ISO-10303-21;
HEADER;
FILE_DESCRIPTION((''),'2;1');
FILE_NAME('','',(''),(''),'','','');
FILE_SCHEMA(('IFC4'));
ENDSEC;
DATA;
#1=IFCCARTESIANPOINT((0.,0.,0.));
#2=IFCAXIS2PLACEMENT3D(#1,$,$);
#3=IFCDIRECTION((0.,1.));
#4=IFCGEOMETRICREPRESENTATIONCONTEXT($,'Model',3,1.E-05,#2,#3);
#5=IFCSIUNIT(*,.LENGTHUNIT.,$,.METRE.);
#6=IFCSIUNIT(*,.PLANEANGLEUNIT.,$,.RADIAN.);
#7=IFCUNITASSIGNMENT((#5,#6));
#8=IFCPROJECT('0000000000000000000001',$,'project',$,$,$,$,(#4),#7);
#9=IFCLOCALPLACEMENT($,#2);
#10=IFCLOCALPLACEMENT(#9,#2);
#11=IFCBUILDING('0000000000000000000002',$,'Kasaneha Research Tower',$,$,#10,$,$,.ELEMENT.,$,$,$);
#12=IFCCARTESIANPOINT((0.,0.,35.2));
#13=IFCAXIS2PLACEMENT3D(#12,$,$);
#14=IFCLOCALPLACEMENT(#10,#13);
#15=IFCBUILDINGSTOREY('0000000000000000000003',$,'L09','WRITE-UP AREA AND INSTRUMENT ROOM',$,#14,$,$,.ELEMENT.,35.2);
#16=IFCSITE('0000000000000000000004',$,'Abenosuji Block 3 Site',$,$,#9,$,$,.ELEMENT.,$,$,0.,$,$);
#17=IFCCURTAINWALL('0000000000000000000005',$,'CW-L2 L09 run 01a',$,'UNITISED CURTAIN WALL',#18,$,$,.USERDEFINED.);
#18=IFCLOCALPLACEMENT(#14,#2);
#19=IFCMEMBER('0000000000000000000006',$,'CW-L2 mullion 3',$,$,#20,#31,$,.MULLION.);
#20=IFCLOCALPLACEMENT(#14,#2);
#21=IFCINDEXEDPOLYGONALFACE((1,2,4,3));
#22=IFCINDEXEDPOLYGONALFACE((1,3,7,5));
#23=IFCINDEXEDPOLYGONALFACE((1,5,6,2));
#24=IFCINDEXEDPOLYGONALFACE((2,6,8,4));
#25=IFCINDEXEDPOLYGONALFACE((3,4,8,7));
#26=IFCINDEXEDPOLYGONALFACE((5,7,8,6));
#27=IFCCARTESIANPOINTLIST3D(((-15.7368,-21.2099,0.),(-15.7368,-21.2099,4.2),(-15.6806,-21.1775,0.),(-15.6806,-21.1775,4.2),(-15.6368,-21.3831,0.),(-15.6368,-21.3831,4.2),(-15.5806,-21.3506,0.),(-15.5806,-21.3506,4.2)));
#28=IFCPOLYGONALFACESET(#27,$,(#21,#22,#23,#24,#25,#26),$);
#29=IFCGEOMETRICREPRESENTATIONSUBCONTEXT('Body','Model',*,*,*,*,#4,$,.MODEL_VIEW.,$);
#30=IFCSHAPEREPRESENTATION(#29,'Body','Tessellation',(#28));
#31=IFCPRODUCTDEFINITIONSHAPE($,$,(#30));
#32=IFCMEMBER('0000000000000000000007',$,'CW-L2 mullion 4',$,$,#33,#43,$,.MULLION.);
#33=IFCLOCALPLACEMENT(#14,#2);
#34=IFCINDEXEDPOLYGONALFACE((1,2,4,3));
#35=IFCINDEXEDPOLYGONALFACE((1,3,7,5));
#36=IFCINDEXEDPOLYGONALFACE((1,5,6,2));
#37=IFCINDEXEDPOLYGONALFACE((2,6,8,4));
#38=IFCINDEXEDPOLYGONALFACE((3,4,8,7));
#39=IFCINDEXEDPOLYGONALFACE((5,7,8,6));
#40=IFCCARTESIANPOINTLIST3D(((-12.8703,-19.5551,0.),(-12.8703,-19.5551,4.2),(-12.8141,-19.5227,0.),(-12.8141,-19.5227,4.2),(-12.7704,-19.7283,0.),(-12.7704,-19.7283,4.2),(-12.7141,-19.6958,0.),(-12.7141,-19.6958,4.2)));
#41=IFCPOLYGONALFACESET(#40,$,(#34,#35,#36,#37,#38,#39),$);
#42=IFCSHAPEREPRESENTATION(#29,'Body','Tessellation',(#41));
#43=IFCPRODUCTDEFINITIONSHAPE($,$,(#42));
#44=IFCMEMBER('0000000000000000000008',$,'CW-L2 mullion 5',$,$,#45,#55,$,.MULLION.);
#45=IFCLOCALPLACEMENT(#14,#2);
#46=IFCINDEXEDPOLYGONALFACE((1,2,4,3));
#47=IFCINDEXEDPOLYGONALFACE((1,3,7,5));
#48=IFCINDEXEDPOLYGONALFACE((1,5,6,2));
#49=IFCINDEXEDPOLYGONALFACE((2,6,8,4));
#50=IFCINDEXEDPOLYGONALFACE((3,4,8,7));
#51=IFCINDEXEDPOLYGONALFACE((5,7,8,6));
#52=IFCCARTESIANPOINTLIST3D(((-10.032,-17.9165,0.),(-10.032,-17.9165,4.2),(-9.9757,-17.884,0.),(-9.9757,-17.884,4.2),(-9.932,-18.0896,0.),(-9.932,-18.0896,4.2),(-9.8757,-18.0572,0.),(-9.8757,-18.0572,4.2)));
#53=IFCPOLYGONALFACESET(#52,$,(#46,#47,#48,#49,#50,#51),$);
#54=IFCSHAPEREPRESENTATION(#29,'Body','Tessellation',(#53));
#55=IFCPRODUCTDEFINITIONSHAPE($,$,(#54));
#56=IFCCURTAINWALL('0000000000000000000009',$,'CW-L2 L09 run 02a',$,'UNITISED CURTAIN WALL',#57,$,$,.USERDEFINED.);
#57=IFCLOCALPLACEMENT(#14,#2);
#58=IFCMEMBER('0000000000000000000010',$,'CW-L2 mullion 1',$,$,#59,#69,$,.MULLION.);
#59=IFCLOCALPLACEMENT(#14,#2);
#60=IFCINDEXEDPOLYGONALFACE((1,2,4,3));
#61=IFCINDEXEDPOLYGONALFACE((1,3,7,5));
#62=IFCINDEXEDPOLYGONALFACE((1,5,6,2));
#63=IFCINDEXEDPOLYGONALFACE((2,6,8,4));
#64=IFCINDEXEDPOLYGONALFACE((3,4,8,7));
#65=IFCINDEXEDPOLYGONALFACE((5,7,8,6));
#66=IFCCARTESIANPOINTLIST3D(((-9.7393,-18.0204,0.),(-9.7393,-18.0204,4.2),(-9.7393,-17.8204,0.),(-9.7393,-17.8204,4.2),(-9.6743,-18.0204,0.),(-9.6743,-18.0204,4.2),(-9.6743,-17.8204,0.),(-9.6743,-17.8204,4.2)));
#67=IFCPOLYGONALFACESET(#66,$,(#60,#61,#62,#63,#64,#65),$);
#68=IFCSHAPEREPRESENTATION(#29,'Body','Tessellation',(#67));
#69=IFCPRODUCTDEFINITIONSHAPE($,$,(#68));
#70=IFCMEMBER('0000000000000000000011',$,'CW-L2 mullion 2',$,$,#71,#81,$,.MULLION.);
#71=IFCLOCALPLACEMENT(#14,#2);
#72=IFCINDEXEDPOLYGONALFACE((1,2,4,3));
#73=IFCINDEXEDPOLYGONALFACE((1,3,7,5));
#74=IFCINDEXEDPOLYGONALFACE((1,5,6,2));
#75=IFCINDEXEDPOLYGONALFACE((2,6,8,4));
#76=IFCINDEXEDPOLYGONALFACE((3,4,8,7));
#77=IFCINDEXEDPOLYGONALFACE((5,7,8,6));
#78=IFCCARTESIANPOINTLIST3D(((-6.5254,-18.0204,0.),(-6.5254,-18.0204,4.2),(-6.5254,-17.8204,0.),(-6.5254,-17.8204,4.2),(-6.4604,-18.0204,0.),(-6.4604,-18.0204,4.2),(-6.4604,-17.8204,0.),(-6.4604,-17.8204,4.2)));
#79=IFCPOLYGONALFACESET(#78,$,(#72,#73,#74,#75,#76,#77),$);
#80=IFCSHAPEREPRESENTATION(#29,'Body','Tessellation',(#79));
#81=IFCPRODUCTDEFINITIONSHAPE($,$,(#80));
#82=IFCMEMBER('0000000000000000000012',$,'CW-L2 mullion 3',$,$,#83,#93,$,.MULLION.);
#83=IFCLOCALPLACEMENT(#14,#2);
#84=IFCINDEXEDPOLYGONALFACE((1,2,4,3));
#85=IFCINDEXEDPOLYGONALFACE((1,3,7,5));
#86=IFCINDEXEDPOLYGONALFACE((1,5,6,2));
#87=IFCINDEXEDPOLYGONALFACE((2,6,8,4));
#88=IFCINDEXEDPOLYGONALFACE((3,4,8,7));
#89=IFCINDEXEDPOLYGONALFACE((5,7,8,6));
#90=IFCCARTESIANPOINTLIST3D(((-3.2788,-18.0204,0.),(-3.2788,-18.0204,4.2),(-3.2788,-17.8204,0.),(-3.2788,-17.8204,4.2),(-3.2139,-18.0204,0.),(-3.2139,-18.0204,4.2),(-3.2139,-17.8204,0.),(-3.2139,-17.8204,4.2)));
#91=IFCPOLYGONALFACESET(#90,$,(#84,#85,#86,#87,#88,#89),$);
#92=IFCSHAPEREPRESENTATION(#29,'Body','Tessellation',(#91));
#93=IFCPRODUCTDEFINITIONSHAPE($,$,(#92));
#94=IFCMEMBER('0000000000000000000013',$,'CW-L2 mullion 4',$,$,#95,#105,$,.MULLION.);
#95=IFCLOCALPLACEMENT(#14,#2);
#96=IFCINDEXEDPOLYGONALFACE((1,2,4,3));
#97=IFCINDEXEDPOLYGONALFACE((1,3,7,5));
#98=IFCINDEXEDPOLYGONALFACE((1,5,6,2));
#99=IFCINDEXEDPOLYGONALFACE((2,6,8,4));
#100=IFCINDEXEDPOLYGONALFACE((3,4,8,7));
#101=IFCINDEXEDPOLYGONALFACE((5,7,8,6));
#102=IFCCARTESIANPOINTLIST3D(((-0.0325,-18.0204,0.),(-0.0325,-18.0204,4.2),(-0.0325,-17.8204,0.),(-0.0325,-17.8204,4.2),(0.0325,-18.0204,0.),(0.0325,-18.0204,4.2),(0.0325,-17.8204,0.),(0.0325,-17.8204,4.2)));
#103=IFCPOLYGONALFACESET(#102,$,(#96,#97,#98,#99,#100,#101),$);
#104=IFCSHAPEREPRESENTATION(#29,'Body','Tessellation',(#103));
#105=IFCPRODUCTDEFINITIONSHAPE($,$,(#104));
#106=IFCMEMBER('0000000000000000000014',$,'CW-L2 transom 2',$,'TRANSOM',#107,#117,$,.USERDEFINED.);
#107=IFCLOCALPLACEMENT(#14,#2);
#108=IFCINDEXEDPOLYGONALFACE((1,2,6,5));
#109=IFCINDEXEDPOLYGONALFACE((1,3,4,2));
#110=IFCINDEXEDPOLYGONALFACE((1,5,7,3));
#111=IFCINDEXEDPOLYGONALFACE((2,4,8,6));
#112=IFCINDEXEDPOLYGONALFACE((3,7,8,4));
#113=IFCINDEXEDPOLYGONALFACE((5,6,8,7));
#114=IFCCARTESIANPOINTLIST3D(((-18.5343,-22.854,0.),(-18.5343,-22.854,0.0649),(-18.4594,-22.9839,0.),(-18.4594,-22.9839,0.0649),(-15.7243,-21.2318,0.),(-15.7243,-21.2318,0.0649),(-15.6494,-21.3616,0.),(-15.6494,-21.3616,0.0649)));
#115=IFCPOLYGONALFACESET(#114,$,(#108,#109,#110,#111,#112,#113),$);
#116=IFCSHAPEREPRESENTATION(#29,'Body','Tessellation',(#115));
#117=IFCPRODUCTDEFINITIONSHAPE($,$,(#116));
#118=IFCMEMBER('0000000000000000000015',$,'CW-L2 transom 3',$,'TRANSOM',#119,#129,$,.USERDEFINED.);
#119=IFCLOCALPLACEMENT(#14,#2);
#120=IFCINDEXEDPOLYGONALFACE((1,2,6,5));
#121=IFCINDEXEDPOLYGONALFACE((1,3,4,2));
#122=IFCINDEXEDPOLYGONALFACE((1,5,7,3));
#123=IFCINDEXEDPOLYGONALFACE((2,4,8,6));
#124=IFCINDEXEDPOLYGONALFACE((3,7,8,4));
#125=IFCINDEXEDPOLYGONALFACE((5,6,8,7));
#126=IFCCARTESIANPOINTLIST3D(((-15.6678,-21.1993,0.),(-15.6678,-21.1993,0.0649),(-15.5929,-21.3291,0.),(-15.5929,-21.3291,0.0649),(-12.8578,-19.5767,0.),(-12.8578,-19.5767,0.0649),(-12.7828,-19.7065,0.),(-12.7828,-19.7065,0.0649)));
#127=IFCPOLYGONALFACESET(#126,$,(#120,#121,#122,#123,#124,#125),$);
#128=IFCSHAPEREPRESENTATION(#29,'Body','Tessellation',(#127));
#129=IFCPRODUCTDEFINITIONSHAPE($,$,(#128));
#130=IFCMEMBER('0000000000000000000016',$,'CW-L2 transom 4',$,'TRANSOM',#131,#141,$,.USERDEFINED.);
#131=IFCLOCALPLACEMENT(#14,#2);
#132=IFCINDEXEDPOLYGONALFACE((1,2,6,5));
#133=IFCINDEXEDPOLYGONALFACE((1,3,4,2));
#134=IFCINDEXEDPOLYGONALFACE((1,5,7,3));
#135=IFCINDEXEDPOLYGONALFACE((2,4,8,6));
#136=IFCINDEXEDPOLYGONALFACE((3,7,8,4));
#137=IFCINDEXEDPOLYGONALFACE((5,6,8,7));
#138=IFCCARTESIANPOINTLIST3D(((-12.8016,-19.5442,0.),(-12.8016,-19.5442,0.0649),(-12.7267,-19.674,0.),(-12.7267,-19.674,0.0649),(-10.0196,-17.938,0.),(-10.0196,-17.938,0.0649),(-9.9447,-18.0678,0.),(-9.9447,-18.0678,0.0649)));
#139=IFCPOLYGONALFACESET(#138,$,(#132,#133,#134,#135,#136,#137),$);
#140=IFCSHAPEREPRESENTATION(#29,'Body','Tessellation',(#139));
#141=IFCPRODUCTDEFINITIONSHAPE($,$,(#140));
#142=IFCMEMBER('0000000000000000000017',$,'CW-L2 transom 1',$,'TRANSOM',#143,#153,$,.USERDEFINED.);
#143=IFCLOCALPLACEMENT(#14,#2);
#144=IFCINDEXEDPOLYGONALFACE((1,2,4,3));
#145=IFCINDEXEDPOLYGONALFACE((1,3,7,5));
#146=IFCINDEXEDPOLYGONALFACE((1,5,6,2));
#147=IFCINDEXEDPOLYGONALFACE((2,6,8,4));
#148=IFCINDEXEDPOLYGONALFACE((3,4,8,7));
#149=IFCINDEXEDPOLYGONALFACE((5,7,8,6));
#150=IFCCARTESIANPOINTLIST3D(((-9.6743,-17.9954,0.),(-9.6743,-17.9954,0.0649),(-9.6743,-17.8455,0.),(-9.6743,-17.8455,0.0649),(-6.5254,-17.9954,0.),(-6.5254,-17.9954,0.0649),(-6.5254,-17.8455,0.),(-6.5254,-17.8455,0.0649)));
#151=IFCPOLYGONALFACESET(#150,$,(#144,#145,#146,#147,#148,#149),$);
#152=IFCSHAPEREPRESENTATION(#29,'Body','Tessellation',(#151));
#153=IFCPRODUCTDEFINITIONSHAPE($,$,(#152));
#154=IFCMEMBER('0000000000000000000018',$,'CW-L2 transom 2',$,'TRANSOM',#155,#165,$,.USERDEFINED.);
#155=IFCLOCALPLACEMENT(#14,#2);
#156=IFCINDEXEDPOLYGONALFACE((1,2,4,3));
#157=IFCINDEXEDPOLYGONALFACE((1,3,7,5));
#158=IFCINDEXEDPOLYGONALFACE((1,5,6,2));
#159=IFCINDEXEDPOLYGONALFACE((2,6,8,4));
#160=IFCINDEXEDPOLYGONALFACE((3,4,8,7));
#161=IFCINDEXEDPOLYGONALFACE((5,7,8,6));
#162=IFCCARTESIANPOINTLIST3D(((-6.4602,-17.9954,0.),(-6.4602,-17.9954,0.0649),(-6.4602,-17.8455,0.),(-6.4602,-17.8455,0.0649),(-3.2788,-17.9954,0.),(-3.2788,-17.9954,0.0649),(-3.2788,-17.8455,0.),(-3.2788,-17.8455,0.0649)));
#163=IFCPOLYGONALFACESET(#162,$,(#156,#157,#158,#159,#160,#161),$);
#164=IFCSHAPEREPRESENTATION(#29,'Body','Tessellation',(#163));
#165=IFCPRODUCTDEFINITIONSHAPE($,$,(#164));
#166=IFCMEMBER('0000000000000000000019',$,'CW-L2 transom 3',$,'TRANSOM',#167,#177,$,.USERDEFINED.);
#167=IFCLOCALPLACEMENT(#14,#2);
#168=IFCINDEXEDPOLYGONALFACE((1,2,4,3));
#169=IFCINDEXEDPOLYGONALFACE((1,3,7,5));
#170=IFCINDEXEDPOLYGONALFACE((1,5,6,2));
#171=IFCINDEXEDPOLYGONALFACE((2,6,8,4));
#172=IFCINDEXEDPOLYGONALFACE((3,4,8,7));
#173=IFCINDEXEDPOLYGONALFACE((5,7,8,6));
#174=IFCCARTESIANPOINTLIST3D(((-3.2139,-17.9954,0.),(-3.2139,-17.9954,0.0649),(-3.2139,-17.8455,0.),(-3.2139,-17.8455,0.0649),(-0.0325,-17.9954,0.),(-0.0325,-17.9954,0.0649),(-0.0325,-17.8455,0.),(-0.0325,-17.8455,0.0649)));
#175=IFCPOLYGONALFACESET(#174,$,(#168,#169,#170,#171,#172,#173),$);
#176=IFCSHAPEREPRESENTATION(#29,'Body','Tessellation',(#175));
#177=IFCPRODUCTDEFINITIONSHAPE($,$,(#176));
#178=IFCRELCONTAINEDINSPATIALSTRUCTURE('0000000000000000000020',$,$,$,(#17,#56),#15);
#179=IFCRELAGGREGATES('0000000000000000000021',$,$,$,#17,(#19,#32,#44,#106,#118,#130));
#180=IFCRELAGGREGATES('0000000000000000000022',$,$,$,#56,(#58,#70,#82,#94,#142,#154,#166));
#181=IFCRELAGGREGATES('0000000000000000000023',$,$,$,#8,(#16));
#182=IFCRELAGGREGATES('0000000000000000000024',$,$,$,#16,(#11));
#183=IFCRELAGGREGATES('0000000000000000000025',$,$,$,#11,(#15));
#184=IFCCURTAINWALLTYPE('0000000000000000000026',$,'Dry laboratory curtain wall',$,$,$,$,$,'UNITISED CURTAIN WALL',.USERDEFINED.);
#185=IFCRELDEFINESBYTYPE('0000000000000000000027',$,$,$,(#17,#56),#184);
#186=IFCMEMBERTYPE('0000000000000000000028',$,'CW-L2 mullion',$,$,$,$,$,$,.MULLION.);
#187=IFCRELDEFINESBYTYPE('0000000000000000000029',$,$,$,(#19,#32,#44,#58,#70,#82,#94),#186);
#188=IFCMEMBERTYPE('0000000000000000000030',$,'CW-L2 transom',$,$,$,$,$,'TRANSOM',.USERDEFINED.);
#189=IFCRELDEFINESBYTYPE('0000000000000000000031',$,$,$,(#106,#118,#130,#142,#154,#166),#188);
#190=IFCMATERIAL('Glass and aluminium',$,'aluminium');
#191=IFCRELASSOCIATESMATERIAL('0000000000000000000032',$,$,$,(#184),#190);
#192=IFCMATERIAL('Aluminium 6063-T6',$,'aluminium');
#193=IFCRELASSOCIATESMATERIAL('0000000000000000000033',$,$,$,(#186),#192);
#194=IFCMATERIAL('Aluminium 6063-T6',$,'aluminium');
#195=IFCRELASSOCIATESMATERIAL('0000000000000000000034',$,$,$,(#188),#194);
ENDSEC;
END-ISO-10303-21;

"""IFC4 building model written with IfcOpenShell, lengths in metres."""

from ifc_helpers import new_model, si_unit, direction, frame, origin, origin_2d, place, context, subcontext, project, spatial, rectangle, extrude, material, material_profile, profile_set, type_object, element, aggregate, save


model = new_model("IFC4")

# Units and contexts
model_context = context("Model", 3, precision=1e-05, world=origin(), true_north=direction((0.0, 1.0)))
body_context = subcontext(model_context, "Body", "Model", "MODEL_VIEW")
ifc_project = project(units=[si_unit("LENGTHUNIT", "METRE"), si_unit("PLANEANGLEUNIT", "RADIAN")], contexts=[model_context])

# Site, building, storey
site_placement = place(None, origin())
site = spatial("IfcSite", under=ifc_project, at=site_placement, Name="Abenosuji Block 3 Site", CompositionType="ELEMENT", RefElevation=0.0)
building_placement = place(site_placement, origin())
building = spatial("IfcBuilding", under=site, at=building_placement, Name="Kasaneha Research Tower", CompositionType="ELEMENT")
storey_placement = place(building_placement, frame((0.0, 0.0, 35.2)))
storey = spatial("IfcBuildingStorey", under=building, at=storey_placement, Name="L09", Description="WRITE-UP AREA AND INSTRUMENT ROOM", CompositionType="ELEMENT", Elevation=35.2)

# Curtain walls, members
ifc_material_1 = material(Name="Glass and aluminium", Category="aluminium")
curtain_wall_type = type_object("IfcCurtainWallType", Name="Dry laboratory curtain wall", ElementType="UNITISED CURTAIN WALL", PredefinedType="USERDEFINED", material=ifc_material_1)
curtain_wall_1_placement = place(storey_placement, origin())
curtain_wall_1 = element("IfcCurtainWall", 1, at=curtain_wall_1_placement, inside=storey, type_object=curtain_wall_type, Name="CW-L2 L09 run 01a", ObjectType="UNITISED CURTAIN WALL", PredefinedType="USERDEFINED")
ifc_material_2 = material(Name="Aluminium 6063-T6", Category="aluminium")
ifc_material_profile_1 = material_profile(ifc_material_2, rectangle(XDim=0.0649, YDim=0.2, at=origin_2d()), Name="CW-L2 mullion 65x200")
ifc_profile_set_1 = profile_set([ifc_material_profile_1], Name="Aluminium 6063-T6")
member_type_1 = type_object("IfcMemberType", Name="CW-L2 mullion", PredefinedType="MULLION", material=ifc_profile_set_1)
member_1_placement = place(storey_placement, frame((-15.6587, -21.2803, 0.0), z_axis=(0.0, 0.0, 1.0), x_axis=(0.866025, 0.5, 0.0)))
member_1 = element("IfcMember", 2, at=member_1_placement, type_object=member_type_1, Name="CW-L2 mullion 3", PredefinedType="MULLION", context=body_context, shape_type="SweptSolid", body=[
    extrude(rectangle(XDim=0.0649, YDim=0.2, at=origin_2d()), origin(), (0.0, 0.0, 1.0), 4.2),
])
member_2_placement = place(storey_placement, frame((-12.7922, -19.6255, 0.0), z_axis=(0.0, 0.0, 1.0), x_axis=(0.866025, 0.5, 0.0)))
member_2 = element("IfcMember", 3, at=member_2_placement, type_object=member_type_1, Name="CW-L2 mullion 4", PredefinedType="MULLION", context=body_context, shape_type="SweptSolid", body=[
    extrude(rectangle(XDim=0.0649, YDim=0.2, at=origin_2d()), origin(), (0.0, 0.0, 1.0), 4.2),
])
member_3_placement = place(storey_placement, frame((-9.9539, -17.9868, 0.0), z_axis=(0.0, 0.0, 1.0), x_axis=(0.866025, 0.5, 0.0)))
member_3 = element("IfcMember", 4, at=member_3_placement, type_object=member_type_1, Name="CW-L2 mullion 5", PredefinedType="MULLION", context=body_context, shape_type="SweptSolid", body=[
    extrude(rectangle(XDim=0.0649, YDim=0.2, at=origin_2d()), origin(), (0.0, 0.0, 1.0), 4.2),
])
curtain_wall_2_placement = place(storey_placement, origin())
curtain_wall_2 = element("IfcCurtainWall", 5, at=curtain_wall_2_placement, inside=storey, type_object=curtain_wall_type, Name="CW-L2 L09 run 02a", ObjectType="UNITISED CURTAIN WALL", PredefinedType="USERDEFINED")
member_4_placement = place(storey_placement, frame((-9.7068, -17.9204, 0.0), z_axis=(0.0, 0.0, 1.0), x_axis=(1.0, 0.0, 0.0)))
member_4 = element("IfcMember", 6, at=member_4_placement, type_object=member_type_1, Name="CW-L2 mullion 1", PredefinedType="MULLION", context=body_context, shape_type="SweptSolid", body=[
    extrude(rectangle(XDim=0.0649, YDim=0.2, at=origin_2d()), origin(), (0.0, 0.0, 1.0), 4.2),
])
member_5_placement = place(storey_placement, frame((-6.4929, -17.9204, 0.0), z_axis=(0.0, 0.0, 1.0), x_axis=(1.0, 0.0, 0.0)))
member_5 = element("IfcMember", 7, at=member_5_placement, type_object=member_type_1, Name="CW-L2 mullion 2", PredefinedType="MULLION", context=body_context, shape_type="SweptSolid", body=[
    extrude(rectangle(XDim=0.0649, YDim=0.2, at=origin_2d()), origin(), (0.0, 0.0, 1.0), 4.2),
])
member_6_placement = place(storey_placement, frame((-3.2463, -17.9204, 0.0), z_axis=(0.0, 0.0, 1.0), x_axis=(1.0, 0.0, 0.0)))
member_6 = element("IfcMember", 8, at=member_6_placement, type_object=member_type_1, Name="CW-L2 mullion 3", PredefinedType="MULLION", context=body_context, shape_type="SweptSolid", body=[
    extrude(rectangle(XDim=0.0649, YDim=0.2, at=origin_2d()), origin(), (0.0, 0.0, 1.0), 4.2),
])
member_7_placement = place(storey_placement, frame((0.0, -17.9204, 0.0), z_axis=(0.0, 0.0, 1.0), x_axis=(1.0, 0.0, 0.0)))
member_7 = element("IfcMember", 9, at=member_7_placement, type_object=member_type_1, Name="CW-L2 mullion 4", PredefinedType="MULLION", context=body_context, shape_type="SweptSolid", body=[
    extrude(rectangle(XDim=0.0649, YDim=0.2, at=origin_2d()), origin(), (0.0, 0.0, 1.0), 4.2),
])

# Members
ifc_material_3 = material(Name="Aluminium 6063-T6", Category="aluminium")
ifc_material_profile_2 = material_profile(ifc_material_3, rectangle(XDim=0.1499, YDim=0.0649, at=origin_2d()), Name="CW-L2 transom 150x65")
ifc_profile_set_2 = profile_set([ifc_material_profile_2], Name="Aluminium 6063-T6")
member_type_2 = type_object("IfcMemberType", Name="CW-L2 transom", ElementType="TRANSOM", PredefinedType="USERDEFINED", material=ifc_profile_set_2)
member_8_placement = place(storey_placement, frame((-18.4968, -22.9189, 0.0325), z_axis=(0.866035, 0.499983, 0.0), x_axis=(-0.499983, 0.866035, 0.0)))
member_8 = element("IfcMember", 10, at=member_8_placement, type_object=member_type_2, Name="CW-L2 transom 2", ObjectType="TRANSOM", PredefinedType="USERDEFINED", context=body_context, shape_type="SweptSolid", body=[
    extrude(rectangle(XDim=0.1499, YDim=0.0649, at=origin_2d()), origin(), (0.0, 0.0, 1.0), 3.2446),
])
member_9_placement = place(storey_placement, frame((-15.6304, -21.2642, 0.0325), z_axis=(0.866003, 0.500039, 0.0), x_axis=(-0.500039, 0.866003, 0.0)))
member_9 = element("IfcMember", 11, at=member_9_placement, type_object=member_type_2, Name="CW-L2 transom 3", ObjectType="TRANSOM", PredefinedType="USERDEFINED", context=body_context, shape_type="SweptSolid", body=[
    extrude(rectangle(XDim=0.1499, YDim=0.0649, at=origin_2d()), origin(), (0.0, 0.0, 1.0), 3.2449),
])
member_10_placement = place(storey_placement, frame((-12.7642, -19.6091, 0.0325), z_axis=(0.866022, 0.500005, 0.0), x_axis=(-0.500005, 0.866022, 0.0)))
member_10 = element("IfcMember", 12, at=member_10_placement, type_object=member_type_2, Name="CW-L2 transom 4", ObjectType="TRANSOM", PredefinedType="USERDEFINED", context=body_context, shape_type="SweptSolid", body=[
    extrude(rectangle(XDim=0.1499, YDim=0.0649, at=origin_2d()), origin(), (0.0, 0.0, 1.0), 3.2124),
])
member_11_placement = place(storey_placement, frame((-9.6743, -17.9204, 0.0325), z_axis=(1.0, 0.0, 0.0), x_axis=(0.0, 1.0, 0.0)))
member_11 = element("IfcMember", 13, at=member_11_placement, type_object=member_type_2, Name="CW-L2 transom 1", ObjectType="TRANSOM", PredefinedType="USERDEFINED", context=body_context, shape_type="SweptSolid", body=[
    extrude(rectangle(XDim=0.1499, YDim=0.0649, at=origin_2d()), origin(), (0.0, 0.0, 1.0), 3.1489),
])
member_12_placement = place(storey_placement, frame((-6.4602, -17.9204, 0.0325), z_axis=(1.0, 0.0, 0.0), x_axis=(0.0, 1.0, 0.0)))
member_12 = element("IfcMember", 14, at=member_12_placement, type_object=member_type_2, Name="CW-L2 transom 2", ObjectType="TRANSOM", PredefinedType="USERDEFINED", context=body_context, shape_type="SweptSolid", body=[
    extrude(rectangle(XDim=0.1499, YDim=0.0649, at=origin_2d()), origin(), (0.0, 0.0, 1.0), 3.1814),
])
member_13_placement = place(storey_placement, frame((-3.2139, -17.9204, 0.0325), z_axis=(1.0, 0.0, 0.0), x_axis=(0.0, 1.0, 0.0)))
member_13 = element("IfcMember", 15, at=member_13_placement, type_object=member_type_2, Name="CW-L2 transom 3", ObjectType="TRANSOM", PredefinedType="USERDEFINED", context=body_context, shape_type="SweptSolid", body=[
    extrude(rectangle(XDim=0.1499, YDim=0.0649, at=origin_2d()), origin(), (0.0, 0.0, 1.0), 3.1814),
])

aggregate(curtain_wall_1, [member_1, member_2, member_3, member_8, member_9, member_10])
aggregate(curtain_wall_2, [member_4, member_5, member_6, member_7, member_11, member_12, member_13])

save(model, "model.ifc")
